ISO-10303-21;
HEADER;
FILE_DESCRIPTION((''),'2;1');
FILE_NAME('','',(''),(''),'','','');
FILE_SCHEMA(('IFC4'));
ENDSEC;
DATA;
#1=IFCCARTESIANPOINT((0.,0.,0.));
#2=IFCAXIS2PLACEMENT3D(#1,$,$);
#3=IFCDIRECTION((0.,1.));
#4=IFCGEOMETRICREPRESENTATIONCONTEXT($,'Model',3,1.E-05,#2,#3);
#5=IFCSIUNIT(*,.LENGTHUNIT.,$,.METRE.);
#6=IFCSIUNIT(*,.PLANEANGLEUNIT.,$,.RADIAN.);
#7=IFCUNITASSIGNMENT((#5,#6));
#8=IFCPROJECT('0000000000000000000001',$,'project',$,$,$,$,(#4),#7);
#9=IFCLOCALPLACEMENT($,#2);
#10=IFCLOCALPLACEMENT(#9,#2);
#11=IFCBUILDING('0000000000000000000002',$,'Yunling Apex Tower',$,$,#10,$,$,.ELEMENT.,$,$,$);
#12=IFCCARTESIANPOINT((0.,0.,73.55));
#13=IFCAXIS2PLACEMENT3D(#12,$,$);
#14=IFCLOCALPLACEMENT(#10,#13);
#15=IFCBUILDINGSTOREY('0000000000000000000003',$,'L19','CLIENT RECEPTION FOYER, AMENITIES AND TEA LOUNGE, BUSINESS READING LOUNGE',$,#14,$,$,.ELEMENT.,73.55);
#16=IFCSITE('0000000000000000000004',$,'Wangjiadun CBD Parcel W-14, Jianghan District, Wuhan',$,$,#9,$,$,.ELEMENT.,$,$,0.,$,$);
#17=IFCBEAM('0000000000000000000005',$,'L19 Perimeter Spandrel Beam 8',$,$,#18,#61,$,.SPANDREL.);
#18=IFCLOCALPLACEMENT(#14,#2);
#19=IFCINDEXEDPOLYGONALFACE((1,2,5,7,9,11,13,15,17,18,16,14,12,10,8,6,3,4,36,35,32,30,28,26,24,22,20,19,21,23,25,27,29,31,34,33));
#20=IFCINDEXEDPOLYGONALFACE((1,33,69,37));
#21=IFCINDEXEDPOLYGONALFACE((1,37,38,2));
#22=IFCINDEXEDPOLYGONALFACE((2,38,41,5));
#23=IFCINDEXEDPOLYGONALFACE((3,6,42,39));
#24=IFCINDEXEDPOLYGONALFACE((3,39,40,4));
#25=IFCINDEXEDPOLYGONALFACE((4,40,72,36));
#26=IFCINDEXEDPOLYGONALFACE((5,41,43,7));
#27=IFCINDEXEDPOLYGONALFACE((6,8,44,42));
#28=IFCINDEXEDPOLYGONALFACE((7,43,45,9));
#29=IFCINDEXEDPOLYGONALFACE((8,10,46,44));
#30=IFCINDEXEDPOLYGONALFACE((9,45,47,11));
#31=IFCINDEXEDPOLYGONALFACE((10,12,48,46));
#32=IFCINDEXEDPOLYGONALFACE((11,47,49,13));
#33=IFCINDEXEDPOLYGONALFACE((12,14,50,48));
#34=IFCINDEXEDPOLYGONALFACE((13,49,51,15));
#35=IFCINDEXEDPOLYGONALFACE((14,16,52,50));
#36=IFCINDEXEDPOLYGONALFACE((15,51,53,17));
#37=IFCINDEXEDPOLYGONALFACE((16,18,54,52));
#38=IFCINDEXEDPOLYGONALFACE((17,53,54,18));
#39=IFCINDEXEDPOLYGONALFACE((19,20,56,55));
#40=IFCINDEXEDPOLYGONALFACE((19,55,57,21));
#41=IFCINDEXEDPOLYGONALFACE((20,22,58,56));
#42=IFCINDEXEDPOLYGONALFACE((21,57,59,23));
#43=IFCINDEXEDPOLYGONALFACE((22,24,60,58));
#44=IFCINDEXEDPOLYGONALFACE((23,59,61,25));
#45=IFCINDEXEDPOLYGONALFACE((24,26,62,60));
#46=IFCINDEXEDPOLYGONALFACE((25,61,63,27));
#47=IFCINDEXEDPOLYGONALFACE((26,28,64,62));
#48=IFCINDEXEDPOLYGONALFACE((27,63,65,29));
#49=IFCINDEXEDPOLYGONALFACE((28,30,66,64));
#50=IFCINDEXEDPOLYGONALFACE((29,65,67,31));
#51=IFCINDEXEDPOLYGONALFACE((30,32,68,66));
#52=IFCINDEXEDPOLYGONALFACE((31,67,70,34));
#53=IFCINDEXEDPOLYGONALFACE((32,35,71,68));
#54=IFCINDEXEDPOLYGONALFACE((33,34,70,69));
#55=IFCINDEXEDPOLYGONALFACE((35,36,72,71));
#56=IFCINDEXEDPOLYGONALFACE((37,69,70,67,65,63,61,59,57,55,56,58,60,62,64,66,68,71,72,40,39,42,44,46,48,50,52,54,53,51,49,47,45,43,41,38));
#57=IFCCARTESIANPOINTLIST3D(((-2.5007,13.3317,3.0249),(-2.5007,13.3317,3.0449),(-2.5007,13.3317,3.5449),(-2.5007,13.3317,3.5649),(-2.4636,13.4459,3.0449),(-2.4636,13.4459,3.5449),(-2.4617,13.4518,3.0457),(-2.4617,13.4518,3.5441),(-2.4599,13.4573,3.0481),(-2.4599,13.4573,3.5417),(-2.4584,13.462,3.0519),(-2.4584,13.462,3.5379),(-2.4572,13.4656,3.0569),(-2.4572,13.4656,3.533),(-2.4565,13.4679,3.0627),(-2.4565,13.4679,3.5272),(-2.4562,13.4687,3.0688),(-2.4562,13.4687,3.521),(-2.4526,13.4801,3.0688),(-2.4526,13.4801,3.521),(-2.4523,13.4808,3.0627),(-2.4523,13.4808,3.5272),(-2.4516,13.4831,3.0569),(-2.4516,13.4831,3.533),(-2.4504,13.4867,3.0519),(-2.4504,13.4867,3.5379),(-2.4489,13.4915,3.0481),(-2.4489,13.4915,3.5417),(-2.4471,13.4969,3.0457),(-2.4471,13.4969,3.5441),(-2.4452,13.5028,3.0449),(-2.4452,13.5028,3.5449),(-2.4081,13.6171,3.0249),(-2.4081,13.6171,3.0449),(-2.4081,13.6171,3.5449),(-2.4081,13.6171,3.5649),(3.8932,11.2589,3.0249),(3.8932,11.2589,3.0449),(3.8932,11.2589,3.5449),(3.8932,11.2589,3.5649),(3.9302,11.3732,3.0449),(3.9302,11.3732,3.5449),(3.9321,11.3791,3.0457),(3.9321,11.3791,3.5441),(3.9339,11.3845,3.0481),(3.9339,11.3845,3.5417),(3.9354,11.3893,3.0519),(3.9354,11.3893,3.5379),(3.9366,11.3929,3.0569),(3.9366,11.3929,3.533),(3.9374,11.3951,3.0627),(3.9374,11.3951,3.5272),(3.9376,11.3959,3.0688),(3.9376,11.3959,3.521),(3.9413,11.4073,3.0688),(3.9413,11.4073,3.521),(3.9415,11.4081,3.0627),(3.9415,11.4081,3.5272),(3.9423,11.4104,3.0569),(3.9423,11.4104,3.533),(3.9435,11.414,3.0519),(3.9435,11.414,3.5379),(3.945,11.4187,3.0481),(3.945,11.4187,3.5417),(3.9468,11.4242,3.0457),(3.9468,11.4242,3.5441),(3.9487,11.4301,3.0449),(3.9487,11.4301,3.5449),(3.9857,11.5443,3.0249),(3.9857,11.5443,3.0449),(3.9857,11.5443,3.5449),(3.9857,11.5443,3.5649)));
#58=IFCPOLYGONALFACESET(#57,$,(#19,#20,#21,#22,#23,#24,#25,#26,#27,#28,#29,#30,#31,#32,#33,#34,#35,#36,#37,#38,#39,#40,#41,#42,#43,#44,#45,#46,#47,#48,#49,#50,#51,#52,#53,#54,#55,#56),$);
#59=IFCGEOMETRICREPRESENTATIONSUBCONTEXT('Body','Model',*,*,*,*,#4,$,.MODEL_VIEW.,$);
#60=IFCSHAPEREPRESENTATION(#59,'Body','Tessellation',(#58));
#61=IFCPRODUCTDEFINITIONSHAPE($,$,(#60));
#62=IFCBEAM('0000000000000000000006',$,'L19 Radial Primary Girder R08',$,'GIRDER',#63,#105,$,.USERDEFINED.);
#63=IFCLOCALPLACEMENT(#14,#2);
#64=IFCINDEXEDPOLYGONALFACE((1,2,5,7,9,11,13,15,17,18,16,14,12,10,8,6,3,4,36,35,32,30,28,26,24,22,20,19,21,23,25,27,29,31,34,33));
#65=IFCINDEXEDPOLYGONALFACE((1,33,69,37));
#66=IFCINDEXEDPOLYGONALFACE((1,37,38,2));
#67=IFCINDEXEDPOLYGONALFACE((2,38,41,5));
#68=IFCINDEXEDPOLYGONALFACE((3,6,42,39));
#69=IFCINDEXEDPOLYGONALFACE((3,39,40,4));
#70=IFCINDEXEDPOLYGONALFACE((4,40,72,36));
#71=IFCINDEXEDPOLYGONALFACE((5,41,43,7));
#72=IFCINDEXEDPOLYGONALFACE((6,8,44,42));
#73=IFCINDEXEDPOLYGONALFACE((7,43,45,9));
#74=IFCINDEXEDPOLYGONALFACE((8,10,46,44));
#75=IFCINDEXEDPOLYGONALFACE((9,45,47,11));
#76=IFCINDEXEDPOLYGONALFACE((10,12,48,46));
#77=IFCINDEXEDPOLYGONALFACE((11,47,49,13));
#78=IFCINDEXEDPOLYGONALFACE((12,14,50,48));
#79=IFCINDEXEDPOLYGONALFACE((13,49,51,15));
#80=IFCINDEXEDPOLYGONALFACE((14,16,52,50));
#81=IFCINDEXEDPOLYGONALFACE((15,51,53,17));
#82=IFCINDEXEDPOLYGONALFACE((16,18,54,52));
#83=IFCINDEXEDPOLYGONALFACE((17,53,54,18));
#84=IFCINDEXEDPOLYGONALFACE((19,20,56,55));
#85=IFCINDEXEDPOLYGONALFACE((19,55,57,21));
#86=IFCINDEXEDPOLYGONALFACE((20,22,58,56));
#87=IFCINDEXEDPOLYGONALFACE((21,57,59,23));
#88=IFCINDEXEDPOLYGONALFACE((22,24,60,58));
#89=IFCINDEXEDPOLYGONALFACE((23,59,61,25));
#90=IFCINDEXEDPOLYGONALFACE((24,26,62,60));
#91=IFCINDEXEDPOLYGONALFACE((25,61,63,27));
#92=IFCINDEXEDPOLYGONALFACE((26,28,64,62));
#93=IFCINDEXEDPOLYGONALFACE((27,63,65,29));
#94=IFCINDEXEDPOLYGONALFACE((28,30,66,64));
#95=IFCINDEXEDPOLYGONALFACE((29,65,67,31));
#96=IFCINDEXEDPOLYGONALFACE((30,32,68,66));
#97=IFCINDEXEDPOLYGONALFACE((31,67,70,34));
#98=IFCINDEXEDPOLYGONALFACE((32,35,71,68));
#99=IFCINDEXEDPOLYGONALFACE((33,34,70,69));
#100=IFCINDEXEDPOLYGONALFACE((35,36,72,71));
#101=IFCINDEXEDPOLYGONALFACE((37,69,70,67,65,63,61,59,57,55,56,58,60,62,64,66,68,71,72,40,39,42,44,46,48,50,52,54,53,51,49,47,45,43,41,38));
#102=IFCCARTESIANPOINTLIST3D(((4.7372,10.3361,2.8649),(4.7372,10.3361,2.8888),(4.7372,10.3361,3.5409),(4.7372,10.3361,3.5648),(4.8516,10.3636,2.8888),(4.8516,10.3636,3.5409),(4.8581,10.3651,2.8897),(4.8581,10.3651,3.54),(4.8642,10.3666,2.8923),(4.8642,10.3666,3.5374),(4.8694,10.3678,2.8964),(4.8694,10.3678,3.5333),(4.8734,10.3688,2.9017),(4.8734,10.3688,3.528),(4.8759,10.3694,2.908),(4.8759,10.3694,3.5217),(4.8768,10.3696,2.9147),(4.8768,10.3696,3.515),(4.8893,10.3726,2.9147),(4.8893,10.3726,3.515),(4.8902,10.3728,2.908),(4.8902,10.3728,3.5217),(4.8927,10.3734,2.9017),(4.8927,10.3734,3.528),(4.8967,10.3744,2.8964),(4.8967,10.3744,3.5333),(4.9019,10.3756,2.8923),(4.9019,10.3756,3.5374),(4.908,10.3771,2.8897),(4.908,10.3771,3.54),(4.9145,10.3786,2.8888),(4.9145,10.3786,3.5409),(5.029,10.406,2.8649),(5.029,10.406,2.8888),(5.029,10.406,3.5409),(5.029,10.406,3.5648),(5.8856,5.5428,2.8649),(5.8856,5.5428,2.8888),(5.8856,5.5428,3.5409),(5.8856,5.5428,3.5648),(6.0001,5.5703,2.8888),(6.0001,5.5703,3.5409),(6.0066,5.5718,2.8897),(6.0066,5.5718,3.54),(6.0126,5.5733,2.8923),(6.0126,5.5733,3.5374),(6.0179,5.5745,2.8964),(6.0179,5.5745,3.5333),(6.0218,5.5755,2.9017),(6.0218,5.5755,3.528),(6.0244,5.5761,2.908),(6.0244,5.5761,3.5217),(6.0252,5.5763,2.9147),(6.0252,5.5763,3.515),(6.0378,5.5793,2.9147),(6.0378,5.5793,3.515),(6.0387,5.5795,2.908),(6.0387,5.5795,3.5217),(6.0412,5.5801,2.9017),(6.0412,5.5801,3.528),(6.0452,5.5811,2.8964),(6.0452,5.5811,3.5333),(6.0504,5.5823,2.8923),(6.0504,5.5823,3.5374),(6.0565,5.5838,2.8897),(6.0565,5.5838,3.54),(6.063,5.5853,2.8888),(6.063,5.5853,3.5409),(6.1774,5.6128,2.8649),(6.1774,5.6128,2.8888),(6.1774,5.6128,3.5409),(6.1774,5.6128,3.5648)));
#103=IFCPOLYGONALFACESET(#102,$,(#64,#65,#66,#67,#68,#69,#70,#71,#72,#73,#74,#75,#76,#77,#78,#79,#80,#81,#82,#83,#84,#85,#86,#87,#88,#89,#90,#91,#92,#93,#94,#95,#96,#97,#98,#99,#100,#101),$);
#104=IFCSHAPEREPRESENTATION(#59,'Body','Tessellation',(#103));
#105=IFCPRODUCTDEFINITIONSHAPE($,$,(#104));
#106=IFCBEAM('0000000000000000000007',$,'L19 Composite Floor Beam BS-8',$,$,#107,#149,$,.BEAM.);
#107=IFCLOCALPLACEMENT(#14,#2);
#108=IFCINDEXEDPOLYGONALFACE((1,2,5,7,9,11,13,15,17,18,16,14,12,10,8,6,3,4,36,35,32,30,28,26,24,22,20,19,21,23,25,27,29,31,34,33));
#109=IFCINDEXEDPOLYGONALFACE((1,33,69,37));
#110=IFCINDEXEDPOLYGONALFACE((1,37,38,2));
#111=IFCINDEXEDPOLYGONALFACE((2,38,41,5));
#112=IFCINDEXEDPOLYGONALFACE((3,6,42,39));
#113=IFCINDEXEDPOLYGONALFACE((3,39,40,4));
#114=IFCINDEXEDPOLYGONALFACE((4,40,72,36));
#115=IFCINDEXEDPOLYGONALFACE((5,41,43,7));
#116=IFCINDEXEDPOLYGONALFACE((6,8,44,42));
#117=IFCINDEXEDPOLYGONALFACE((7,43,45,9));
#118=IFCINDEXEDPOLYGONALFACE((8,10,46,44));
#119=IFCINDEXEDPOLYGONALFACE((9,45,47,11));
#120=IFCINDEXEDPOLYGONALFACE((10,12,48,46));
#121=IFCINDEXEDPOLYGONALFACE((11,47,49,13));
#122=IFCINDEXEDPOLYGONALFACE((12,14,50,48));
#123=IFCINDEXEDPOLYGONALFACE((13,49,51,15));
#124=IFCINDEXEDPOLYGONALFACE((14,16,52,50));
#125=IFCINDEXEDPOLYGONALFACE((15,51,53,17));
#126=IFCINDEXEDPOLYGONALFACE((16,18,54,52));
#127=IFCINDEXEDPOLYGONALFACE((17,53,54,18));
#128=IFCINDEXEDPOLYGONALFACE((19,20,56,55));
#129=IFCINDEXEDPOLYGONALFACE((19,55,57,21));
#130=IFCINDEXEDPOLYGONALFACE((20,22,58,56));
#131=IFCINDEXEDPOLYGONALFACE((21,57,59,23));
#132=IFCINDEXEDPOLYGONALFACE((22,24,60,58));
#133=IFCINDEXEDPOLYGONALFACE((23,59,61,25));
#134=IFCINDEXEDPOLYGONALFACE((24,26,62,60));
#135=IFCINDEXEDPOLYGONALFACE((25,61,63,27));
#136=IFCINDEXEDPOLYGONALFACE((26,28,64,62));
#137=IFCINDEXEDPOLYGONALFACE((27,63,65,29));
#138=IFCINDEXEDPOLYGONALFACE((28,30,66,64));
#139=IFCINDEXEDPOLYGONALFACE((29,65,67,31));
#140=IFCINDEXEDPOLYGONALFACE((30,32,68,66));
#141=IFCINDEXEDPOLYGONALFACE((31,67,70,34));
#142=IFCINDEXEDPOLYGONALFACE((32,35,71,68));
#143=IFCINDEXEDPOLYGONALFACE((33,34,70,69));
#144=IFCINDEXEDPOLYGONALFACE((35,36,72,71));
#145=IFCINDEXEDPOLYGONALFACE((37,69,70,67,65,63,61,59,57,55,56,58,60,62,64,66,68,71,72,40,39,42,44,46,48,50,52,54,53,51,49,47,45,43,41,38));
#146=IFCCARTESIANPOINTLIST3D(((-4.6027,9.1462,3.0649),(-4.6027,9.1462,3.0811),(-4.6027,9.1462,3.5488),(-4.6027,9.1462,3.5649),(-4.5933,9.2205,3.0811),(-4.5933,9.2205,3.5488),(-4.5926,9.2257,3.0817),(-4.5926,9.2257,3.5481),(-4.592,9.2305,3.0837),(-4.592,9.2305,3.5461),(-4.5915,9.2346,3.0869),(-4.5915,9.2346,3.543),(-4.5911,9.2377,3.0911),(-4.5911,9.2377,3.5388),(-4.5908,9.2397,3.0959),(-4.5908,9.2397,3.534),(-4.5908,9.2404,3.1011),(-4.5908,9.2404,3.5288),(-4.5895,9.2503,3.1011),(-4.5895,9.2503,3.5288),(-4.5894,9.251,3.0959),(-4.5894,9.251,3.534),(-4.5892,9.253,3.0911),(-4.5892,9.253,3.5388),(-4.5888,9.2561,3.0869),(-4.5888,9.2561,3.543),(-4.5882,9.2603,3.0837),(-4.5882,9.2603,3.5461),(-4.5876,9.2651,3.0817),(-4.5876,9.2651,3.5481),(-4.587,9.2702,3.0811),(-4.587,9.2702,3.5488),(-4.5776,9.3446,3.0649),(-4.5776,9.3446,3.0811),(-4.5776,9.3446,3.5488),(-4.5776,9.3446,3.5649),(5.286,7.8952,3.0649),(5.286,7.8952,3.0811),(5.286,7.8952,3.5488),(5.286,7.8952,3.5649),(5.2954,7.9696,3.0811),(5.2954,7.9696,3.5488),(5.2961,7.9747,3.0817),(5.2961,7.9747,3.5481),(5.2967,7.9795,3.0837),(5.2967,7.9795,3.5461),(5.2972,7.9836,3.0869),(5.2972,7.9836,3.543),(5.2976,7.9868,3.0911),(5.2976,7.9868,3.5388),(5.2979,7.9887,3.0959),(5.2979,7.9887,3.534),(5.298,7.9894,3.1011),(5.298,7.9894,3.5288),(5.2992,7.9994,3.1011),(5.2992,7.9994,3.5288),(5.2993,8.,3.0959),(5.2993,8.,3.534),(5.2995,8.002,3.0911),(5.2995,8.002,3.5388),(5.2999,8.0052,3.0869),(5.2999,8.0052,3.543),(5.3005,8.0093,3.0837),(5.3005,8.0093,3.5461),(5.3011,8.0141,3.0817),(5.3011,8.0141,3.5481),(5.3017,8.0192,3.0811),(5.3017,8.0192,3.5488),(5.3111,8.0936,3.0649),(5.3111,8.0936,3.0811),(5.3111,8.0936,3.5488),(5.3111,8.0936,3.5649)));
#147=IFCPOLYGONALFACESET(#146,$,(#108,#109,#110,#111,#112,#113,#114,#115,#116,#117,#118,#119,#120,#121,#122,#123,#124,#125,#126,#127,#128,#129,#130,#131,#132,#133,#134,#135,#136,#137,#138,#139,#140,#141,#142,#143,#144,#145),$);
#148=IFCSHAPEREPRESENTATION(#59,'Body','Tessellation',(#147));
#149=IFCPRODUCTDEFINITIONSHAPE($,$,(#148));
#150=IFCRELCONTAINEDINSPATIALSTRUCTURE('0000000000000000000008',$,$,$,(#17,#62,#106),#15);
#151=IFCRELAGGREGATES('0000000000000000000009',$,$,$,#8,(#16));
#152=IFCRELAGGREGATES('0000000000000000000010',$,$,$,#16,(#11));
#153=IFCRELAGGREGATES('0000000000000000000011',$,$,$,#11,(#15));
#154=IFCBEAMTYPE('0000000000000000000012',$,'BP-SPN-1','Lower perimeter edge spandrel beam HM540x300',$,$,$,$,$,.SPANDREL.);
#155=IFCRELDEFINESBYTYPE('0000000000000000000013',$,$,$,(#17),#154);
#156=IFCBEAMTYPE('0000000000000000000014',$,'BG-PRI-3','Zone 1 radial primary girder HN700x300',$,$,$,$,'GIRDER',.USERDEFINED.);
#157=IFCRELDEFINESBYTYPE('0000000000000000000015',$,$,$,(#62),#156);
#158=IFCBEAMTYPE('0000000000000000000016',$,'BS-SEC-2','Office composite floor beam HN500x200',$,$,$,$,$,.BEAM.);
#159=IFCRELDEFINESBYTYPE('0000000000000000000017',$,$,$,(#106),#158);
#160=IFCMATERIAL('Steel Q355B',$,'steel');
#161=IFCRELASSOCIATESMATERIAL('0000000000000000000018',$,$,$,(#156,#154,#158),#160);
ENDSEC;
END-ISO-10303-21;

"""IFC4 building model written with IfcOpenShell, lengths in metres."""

from ifc_helpers import new_model, si_unit, direction, frame, origin, origin_2d, place, context, subcontext, project, spatial, i_section, extrude, source, transform, mapped, material, material_profile, profile_set, type_object, element, save


model = new_model("IFC4")

# Units and contexts
model_context = context("Model", 3, precision=1e-05, world=origin(), true_north=direction((0.0, 1.0)))
body_context = subcontext(model_context, "Body", "Model", "MODEL_VIEW")
ifc_project = project(units=[si_unit("LENGTHUNIT", "METRE"), si_unit("PLANEANGLEUNIT", "RADIAN")], contexts=[model_context])

# Site, building, storey
site_placement = place(None, origin())
site = spatial("IfcSite", under=ifc_project, at=site_placement, Name="Wangjiadun CBD Parcel W-14, Jianghan District, Wuhan", CompositionType="ELEMENT", RefElevation=0.0)
building_placement = place(site_placement, origin())
building = spatial("IfcBuilding", under=site, at=building_placement, Name="Yunling Apex Tower", CompositionType="ELEMENT")
storey_placement = place(building_placement, frame((0.0, 0.0, 73.55)))
storey = spatial("IfcBuildingStorey", under=building, at=storey_placement, Name="L19", Description="CLIENT RECEPTION FOYER, AMENITIES AND TEA LOUNGE, BUSINESS READING LOUNGE", CompositionType="ELEMENT", Elevation=73.55)

# Beams
ifc_material_1 = material(Name="Steel Q355B", Category="steel")
ifc_material_profile_1 = material_profile(ifc_material_1, i_section(OverallWidth=0.3, OverallDepth=0.7, WebThickness=0.0129, FlangeThickness=0.0239, FilletRadius=0.0259, at=origin_2d()))
ifc_profile_set_1 = profile_set([ifc_material_profile_1], Name="Steel Q355B")
beam_type_1 = type_object("IfcBeamType", Name="BG-PRI-3", Description="Zone 1 radial primary girder HN700x300", ElementType="GIRDER", PredefinedType="USERDEFINED", material=ifc_profile_set_1)
ifc_material_profile_2 = material_profile(ifc_material_1, i_section(OverallWidth=0.3, OverallDepth=0.54, WebThickness=0.012, FlangeThickness=0.02, FilletRadius=0.0239, at=origin_2d()))
ifc_profile_set_2 = profile_set([ifc_material_profile_2], Name="Steel Q355B")
beam_type_2 = type_object("IfcBeamType", Name="BP-SPN-1", Description="Lower perimeter edge spandrel beam HM540x300", PredefinedType="SPANDREL", material=ifc_profile_set_2)
shared_shape_1 = source(origin(), body_context, "Body", "SweptSolid", [
    extrude(i_section(OverallWidth=0.3, OverallDepth=0.54, WebThickness=0.012, FlangeThickness=0.02, FilletRadius=0.0239, at=origin_2d()), origin(), (0.0, 0.0, 1.0), 6.7214),
])
beam_1_placement = place(storey_placement, frame((3.9395, 11.4016, 3.2949), z_axis=(-0.951263, 0.308382, 0.0), x_axis=(-0.308382, -0.951263, 0.0)))
element("IfcBeam", 1, at=beam_1_placement, inside=storey, type_object=beam_type_2, Name="L19 Perimeter Spandrel Beam 8", PredefinedType="SPANDREL", context=body_context, shape_type="MappedRepresentation", body=[
    mapped(shared_shape_1, transform((0.0, 0.0, 0.0), scale=1.0)),
])
shared_shape_2 = source(origin(), body_context, "Body", "SweptSolid", [
    extrude(i_section(OverallWidth=0.3, OverallDepth=0.7, WebThickness=0.0129, FlangeThickness=0.0239, FilletRadius=0.0259, at=origin_2d()), origin(), (0.0, 0.0, 1.0), 4.929),
])
beam_2_placement = place(storey_placement, frame((4.8831, 10.3711, 3.2148), z_axis=(0.233002, -0.972476, 0.0), x_axis=(0.972476, 0.233002, 0.0)))
element("IfcBeam", 2, at=beam_2_placement, inside=storey, type_object=beam_type_1, Name="L19 Radial Primary Girder R08", ObjectType="GIRDER", PredefinedType="USERDEFINED", context=body_context, shape_type="MappedRepresentation", body=[
    mapped(shared_shape_2, transform((0.0, 0.0, 0.0), scale=1.0)),
])
ifc_material_profile_3 = material_profile(ifc_material_1, i_section(OverallWidth=0.2, OverallDepth=0.5, WebThickness=0.01, FlangeThickness=0.0161, FilletRadius=0.02, at=origin_2d()))
ifc_profile_set_3 = profile_set([ifc_material_profile_3], Name="Steel Q355B")
beam_type_3 = type_object("IfcBeamType", Name="BS-SEC-2", Description="Office composite floor beam HN500x200", PredefinedType="BEAM", material=ifc_profile_set_3)
shared_shape_3 = source(origin(), body_context, "Body", "SweptSolid", [
    extrude(i_section(OverallWidth=0.2, OverallDepth=0.5, WebThickness=0.01, FlangeThickness=0.0161, FilletRadius=0.02, at=origin_2d()), origin(), (0.0, 0.0, 1.0), 9.9675),
])
beam_3_placement = place(storey_placement, frame((5.2986, 7.9944, 3.3149), z_axis=(-0.992093, 0.125506, 0.0), x_axis=(-0.125506, -0.992093, 0.0)))
element("IfcBeam", 3, at=beam_3_placement, inside=storey, type_object=beam_type_3, Name="L19 Composite Floor Beam BS-8", PredefinedType="BEAM", context=body_context, shape_type="MappedRepresentation", body=[
    mapped(shared_shape_3, transform((0.0, 0.0, 0.0), scale=1.0)),
])

save(model, "model.ifc")
